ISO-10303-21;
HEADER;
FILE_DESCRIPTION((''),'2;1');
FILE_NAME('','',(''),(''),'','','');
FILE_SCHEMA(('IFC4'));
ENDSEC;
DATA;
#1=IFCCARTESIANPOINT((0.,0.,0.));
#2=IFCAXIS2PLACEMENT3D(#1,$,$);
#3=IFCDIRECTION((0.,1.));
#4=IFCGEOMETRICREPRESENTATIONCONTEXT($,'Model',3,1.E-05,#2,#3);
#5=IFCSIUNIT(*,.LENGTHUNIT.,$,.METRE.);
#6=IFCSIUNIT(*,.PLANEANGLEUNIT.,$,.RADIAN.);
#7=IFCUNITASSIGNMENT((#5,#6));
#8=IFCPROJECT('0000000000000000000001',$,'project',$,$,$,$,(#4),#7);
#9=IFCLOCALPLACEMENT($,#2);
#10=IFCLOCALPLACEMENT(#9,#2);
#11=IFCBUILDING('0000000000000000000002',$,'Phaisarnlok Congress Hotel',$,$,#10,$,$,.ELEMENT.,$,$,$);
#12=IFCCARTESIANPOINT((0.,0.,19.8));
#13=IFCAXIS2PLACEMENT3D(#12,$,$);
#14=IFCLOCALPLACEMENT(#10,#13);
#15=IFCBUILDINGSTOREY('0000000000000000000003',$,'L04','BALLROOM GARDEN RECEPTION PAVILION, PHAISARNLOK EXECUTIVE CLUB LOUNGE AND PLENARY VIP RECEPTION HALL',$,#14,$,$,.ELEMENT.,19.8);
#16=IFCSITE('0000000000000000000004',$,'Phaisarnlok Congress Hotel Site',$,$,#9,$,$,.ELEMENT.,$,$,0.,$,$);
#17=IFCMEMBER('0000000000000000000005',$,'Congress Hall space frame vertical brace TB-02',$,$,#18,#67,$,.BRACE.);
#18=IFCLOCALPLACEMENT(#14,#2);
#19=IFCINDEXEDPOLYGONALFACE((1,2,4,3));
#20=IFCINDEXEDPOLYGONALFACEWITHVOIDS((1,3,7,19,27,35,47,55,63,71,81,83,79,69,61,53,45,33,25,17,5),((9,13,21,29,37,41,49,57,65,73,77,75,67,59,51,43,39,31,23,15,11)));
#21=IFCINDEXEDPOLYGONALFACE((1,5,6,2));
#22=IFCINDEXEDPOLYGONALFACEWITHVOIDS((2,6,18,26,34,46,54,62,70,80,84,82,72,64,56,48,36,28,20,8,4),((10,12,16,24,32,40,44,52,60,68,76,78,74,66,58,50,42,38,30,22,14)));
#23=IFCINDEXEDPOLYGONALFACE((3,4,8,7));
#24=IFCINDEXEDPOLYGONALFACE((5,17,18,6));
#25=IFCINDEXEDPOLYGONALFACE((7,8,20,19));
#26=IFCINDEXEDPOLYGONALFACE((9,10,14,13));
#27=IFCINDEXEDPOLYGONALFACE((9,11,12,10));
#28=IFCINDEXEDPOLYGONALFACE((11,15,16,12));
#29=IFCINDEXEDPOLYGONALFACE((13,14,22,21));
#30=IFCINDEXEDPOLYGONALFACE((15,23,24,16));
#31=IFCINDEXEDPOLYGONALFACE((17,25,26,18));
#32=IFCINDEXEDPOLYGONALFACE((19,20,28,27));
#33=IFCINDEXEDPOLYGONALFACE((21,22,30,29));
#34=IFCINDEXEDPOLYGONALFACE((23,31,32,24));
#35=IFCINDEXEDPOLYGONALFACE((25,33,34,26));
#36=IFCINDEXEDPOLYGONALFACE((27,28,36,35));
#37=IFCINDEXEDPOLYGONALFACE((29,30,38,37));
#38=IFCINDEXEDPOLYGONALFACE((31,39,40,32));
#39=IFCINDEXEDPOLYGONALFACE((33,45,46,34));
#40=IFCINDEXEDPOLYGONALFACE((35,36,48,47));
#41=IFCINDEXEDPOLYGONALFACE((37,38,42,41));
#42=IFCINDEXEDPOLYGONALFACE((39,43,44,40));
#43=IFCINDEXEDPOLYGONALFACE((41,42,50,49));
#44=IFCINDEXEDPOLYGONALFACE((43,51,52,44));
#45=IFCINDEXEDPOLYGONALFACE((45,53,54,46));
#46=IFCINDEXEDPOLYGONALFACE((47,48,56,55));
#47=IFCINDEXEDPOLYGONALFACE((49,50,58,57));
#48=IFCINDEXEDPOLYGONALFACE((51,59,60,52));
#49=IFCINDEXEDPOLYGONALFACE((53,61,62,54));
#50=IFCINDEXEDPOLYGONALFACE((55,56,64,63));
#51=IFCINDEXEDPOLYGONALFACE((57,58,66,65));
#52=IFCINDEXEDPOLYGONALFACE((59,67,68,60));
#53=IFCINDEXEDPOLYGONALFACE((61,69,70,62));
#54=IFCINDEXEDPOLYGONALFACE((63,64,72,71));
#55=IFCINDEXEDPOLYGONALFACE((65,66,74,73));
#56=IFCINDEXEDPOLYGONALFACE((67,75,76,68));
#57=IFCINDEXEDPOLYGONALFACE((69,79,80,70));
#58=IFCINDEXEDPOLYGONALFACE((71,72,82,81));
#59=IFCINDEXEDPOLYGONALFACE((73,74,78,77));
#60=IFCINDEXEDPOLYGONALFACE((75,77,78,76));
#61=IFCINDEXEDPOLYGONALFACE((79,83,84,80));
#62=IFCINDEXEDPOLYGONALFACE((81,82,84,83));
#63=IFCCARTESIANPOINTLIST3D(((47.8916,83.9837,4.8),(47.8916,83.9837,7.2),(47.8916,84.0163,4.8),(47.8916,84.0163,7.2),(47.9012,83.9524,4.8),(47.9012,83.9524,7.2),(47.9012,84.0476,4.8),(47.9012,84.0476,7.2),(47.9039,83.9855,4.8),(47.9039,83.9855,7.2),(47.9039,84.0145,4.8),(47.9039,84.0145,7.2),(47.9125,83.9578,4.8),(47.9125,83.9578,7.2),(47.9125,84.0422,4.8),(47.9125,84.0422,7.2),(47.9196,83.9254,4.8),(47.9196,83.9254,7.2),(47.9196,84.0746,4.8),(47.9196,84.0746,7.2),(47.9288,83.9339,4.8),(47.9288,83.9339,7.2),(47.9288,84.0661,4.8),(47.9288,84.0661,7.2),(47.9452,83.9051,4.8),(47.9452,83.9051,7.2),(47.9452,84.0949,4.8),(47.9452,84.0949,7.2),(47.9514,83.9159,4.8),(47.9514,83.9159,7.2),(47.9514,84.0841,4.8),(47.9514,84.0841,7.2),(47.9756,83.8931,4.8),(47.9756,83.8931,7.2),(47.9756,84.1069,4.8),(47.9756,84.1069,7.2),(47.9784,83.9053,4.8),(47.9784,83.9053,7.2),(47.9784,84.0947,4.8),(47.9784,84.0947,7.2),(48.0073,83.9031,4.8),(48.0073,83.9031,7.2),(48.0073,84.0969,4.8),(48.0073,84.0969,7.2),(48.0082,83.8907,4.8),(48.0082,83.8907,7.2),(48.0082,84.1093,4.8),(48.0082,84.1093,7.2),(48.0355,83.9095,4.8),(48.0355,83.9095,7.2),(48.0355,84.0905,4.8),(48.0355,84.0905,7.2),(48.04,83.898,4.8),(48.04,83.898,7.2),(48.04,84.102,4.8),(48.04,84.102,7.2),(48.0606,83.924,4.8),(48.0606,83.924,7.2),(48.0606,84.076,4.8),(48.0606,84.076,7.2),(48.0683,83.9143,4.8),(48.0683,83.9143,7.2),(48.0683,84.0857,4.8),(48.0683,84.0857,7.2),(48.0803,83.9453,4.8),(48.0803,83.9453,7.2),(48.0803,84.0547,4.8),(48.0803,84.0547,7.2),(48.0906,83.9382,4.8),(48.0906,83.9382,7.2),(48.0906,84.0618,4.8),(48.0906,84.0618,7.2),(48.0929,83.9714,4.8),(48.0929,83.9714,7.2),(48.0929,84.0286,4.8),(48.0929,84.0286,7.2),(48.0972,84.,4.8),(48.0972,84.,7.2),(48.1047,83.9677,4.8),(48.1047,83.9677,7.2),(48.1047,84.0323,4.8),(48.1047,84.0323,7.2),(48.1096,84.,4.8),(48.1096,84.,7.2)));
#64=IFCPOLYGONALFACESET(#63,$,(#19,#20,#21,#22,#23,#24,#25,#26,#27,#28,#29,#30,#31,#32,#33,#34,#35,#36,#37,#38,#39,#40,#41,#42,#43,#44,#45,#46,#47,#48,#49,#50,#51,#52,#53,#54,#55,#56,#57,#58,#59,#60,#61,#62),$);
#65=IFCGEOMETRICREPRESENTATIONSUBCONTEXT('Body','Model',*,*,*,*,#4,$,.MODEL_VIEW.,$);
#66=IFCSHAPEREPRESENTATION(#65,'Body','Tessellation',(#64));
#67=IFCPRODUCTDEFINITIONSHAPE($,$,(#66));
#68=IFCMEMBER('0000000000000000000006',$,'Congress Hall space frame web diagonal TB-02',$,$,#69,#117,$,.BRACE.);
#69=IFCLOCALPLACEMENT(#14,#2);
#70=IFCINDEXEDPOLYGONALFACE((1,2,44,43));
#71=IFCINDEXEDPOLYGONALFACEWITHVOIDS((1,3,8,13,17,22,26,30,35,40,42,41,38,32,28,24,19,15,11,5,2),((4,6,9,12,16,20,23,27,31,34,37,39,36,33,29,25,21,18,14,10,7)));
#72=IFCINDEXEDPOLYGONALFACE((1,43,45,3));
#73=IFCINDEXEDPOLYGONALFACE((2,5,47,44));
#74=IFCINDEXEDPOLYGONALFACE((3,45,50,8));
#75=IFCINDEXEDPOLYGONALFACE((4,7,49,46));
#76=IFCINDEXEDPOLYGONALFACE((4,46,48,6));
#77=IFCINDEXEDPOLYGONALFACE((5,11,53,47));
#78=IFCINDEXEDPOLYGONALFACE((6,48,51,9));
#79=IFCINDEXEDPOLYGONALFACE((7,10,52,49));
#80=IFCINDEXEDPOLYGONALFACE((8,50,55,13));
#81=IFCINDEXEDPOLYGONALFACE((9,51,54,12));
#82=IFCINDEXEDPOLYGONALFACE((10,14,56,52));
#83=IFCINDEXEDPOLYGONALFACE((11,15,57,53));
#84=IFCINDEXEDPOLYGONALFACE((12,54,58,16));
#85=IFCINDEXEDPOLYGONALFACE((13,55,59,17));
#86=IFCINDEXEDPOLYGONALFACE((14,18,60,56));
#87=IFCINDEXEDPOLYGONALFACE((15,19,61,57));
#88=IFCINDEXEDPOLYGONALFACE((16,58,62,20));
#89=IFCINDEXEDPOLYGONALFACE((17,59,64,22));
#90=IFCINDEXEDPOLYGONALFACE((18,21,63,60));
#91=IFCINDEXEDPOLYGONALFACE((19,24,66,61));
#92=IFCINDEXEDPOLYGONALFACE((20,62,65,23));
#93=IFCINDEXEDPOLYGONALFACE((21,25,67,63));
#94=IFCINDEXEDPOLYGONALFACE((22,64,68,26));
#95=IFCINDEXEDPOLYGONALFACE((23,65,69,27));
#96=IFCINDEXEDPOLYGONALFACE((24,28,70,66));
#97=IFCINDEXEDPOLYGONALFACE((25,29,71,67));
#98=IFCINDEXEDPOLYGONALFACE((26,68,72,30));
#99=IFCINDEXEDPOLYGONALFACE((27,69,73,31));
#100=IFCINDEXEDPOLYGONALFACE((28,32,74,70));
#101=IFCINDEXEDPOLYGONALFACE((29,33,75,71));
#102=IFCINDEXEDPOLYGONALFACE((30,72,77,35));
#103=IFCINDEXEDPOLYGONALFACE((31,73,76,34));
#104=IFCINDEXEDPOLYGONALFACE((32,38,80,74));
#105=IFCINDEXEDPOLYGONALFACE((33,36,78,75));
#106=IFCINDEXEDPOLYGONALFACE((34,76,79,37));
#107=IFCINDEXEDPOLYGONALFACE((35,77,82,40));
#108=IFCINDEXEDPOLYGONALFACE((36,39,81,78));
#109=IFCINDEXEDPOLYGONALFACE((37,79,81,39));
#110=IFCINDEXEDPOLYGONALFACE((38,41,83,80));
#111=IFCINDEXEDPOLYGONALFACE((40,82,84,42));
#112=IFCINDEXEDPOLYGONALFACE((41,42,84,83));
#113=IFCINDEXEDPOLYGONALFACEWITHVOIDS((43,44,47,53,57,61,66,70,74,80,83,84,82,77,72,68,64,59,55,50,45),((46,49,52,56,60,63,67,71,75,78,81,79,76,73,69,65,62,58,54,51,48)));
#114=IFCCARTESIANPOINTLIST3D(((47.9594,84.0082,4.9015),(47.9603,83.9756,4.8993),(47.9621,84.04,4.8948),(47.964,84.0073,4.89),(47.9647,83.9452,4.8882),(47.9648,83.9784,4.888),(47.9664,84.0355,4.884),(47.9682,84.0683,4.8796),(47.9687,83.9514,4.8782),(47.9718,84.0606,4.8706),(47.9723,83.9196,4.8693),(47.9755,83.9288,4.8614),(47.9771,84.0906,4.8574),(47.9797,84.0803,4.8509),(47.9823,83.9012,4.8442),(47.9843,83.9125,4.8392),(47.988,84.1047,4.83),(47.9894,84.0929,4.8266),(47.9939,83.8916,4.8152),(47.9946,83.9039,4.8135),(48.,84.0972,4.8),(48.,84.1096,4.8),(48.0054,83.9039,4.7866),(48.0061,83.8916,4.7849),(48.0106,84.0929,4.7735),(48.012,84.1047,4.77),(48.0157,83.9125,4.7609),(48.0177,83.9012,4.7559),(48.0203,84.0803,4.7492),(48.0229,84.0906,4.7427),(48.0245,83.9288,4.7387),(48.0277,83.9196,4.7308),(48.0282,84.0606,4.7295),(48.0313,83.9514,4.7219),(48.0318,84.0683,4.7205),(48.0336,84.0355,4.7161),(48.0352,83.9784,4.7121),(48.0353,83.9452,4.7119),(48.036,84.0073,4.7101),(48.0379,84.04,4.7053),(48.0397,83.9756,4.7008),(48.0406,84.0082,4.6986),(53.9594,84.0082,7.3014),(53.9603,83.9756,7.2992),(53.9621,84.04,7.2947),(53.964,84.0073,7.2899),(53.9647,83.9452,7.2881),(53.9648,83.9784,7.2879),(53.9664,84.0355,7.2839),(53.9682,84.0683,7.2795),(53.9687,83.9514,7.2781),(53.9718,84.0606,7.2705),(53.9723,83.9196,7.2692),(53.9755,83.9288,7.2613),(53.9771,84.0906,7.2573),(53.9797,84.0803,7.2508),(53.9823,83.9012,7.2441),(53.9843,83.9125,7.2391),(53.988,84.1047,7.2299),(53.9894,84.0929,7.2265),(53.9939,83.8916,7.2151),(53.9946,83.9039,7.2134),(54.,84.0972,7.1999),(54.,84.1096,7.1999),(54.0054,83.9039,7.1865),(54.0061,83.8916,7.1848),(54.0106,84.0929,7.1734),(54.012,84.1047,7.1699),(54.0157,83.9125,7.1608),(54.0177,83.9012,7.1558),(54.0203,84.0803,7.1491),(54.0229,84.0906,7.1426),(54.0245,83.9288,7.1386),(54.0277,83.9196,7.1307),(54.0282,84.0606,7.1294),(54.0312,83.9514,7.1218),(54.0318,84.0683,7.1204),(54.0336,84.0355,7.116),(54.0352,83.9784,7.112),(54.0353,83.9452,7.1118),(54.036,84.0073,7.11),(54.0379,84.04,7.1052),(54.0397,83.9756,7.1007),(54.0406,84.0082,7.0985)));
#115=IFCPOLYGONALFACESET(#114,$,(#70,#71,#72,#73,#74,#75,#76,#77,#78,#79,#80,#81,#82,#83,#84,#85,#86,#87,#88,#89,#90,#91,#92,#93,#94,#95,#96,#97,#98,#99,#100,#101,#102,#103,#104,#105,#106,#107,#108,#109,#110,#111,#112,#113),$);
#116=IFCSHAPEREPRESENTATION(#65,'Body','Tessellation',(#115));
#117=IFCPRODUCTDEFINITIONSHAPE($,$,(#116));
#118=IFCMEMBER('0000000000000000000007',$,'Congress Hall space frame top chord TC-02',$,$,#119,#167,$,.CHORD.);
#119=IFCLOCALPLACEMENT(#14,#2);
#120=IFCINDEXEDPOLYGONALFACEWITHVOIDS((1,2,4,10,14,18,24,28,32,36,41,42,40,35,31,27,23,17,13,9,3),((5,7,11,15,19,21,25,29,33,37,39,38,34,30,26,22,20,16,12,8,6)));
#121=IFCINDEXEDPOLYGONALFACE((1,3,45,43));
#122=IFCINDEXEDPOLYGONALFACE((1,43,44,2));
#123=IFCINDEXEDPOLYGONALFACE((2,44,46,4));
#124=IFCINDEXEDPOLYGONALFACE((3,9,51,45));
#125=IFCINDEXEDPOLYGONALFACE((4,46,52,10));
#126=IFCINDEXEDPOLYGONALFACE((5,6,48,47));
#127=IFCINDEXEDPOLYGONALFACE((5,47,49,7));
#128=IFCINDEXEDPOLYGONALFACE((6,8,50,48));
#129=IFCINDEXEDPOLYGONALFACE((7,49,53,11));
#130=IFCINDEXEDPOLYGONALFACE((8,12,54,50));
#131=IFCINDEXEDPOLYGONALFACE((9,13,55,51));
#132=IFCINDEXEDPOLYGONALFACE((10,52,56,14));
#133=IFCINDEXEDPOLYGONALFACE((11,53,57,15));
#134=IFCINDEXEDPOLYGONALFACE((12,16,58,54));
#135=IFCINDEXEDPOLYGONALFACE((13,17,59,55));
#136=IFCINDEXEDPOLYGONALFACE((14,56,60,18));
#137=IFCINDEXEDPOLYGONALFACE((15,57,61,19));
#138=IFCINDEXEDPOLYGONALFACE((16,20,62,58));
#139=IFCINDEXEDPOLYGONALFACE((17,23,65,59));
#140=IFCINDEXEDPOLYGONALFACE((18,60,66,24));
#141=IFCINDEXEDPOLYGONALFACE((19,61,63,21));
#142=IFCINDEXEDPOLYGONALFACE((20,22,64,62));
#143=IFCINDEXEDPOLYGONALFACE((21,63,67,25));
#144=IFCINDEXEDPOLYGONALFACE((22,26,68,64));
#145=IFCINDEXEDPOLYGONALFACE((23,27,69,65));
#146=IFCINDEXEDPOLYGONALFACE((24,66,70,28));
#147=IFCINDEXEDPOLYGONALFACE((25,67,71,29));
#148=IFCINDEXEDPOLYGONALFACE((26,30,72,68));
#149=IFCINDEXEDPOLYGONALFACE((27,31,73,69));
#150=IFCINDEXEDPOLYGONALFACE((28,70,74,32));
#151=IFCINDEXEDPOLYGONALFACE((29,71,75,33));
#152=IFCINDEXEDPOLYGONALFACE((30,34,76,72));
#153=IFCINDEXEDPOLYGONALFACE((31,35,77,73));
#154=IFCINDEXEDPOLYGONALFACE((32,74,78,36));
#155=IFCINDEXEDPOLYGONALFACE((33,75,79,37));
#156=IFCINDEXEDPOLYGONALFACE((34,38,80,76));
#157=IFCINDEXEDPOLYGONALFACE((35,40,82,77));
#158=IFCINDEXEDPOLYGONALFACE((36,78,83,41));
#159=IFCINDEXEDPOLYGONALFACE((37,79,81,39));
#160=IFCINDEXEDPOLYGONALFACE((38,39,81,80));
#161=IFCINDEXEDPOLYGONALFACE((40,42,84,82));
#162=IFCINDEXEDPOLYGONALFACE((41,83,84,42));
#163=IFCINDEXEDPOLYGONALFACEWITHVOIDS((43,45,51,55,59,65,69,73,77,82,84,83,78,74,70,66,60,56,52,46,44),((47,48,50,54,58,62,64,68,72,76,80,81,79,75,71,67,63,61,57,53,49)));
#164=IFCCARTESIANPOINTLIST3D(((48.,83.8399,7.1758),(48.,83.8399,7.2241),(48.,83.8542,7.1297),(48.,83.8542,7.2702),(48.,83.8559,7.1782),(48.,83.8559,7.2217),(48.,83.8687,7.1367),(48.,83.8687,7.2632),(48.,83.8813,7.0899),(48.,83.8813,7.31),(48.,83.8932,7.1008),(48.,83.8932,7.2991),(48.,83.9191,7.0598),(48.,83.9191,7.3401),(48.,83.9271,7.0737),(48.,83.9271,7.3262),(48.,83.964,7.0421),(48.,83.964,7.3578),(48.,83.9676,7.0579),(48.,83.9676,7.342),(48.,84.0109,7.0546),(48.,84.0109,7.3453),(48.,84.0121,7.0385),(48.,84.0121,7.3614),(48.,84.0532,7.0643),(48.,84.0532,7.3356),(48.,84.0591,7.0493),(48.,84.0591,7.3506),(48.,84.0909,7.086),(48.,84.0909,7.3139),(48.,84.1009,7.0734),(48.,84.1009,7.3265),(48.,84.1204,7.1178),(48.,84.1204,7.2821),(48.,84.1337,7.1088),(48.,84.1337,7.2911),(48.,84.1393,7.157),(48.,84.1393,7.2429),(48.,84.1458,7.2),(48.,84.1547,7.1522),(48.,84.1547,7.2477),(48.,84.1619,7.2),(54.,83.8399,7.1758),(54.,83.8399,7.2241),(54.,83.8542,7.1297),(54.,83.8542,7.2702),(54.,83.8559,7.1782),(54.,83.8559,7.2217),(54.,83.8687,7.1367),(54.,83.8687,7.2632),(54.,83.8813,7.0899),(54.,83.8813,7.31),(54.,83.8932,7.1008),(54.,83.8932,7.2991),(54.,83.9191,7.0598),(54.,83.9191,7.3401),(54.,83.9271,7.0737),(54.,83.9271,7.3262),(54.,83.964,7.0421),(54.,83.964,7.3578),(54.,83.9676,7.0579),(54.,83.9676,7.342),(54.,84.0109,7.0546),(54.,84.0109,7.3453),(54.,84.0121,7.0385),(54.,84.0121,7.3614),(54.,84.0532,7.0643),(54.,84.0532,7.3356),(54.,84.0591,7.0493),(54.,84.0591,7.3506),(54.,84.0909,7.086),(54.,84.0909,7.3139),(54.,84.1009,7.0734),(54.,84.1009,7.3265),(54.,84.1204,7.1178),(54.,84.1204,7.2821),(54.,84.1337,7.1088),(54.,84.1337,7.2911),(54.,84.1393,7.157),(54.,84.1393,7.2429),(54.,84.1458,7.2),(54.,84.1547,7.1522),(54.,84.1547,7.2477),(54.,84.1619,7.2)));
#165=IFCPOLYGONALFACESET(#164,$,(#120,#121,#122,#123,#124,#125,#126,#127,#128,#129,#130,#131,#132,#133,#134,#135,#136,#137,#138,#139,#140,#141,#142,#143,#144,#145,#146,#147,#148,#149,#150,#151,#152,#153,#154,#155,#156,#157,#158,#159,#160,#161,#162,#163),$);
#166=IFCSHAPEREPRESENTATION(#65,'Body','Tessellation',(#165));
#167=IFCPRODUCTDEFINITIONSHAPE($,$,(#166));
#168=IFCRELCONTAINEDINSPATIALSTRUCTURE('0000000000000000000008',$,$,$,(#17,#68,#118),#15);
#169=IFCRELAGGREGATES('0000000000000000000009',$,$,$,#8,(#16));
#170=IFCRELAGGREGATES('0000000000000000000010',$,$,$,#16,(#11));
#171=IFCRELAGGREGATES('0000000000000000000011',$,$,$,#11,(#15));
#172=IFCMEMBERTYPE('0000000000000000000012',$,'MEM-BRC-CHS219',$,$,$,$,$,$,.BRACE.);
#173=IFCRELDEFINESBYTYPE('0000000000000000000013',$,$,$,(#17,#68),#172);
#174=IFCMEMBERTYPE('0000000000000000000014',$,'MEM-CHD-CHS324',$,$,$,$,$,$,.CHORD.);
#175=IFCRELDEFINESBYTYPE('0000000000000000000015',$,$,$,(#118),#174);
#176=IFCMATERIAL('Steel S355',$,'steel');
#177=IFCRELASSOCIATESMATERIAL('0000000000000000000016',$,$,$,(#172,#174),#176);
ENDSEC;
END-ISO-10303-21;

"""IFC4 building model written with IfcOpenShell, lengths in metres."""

from ifc_helpers import new_model, si_unit, direction, frame, origin, origin_2d, place, context, subcontext, project, spatial, hollow_circle, extrude, material, material_profile, profile_set, type_object, element, save


model = new_model("IFC4")

# Units and contexts
model_context = context("Model", 3, precision=1e-05, world=origin(), true_north=direction((0.0, 1.0)))
body_context = subcontext(model_context, "Body", "Model", "MODEL_VIEW")
ifc_project = project(units=[si_unit("LENGTHUNIT", "METRE"), si_unit("PLANEANGLEUNIT", "RADIAN")], contexts=[model_context])

# Site, building, storey
site_placement = place(None, origin())
site = spatial("IfcSite", under=ifc_project, at=site_placement, Name="Phaisarnlok Congress Hotel Site", CompositionType="ELEMENT", RefElevation=0.0)
building_placement = place(site_placement, origin())
building = spatial("IfcBuilding", under=site, at=building_placement, Name="Phaisarnlok Congress Hotel", CompositionType="ELEMENT")
storey_placement = place(building_placement, frame((0.0, 0.0, 19.8)))
storey = spatial("IfcBuildingStorey", under=building, at=storey_placement, Name="L04", Description="BALLROOM GARDEN RECEPTION PAVILION, PHAISARNLOK EXECUTIVE CLUB LOUNGE AND PLENARY VIP RECEPTION HALL", CompositionType="ELEMENT", Elevation=19.8)

# Shared definitions
ifc_material_1 = material(Name="Steel S355", Category="steel")

# Members
ifc_material_profile_1 = material_profile(ifc_material_1, hollow_circle(Radius=0.1096, WallThickness=0.0125, at=origin_2d()), Name="CHS 219.1x12.5")
ifc_profile_set_1 = profile_set([ifc_material_profile_1], Name="Steel S355")
member_type_1 = type_object("IfcMemberType", Name="MEM-BRC-CHS219", PredefinedType="BRACE", material=ifc_profile_set_1)
member_1_placement = place(storey_placement, frame((48.0, 84.0, 4.8), z_axis=(0.0, 0.0, 1.0), x_axis=(1.0, 0.0, 0.0)))
element("IfcMember", 1, at=member_1_placement, inside=storey, type_object=member_type_1, Name="Congress Hall space frame vertical brace TB-02", PredefinedType="BRACE", context=body_context, shape_type="SweptSolid", body=[
    extrude(hollow_circle(Radius=0.1096, WallThickness=0.0125, at=origin_2d()), origin(), (0.0, 0.0, 1.0), 2.3999),
])
member_2_placement = place(storey_placement, frame((48.0, 84.0, 4.8), z_axis=(0.928482, 0.0, 0.371378), x_axis=(0.0, 1.0, 0.0)))
element("IfcMember", 2, at=member_2_placement, inside=storey, type_object=member_type_1, Name="Congress Hall space frame web diagonal TB-02", PredefinedType="BRACE", context=body_context, shape_type="SweptSolid", body=[
    extrude(hollow_circle(Radius=0.1096, WallThickness=0.0125, at=origin_2d()), origin(), (0.0, 0.0, 1.0), 6.4622),
])
ifc_material_profile_2 = material_profile(ifc_material_1, hollow_circle(Radius=0.1619, WallThickness=0.0161, at=origin_2d()), Name="CHS 323.9x16")
ifc_profile_set_2 = profile_set([ifc_material_profile_2], Name="Steel S355")
member_type_2 = type_object("IfcMemberType", Name="MEM-CHD-CHS324", PredefinedType="CHORD", material=ifc_profile_set_2)
member_3_placement = place(storey_placement, frame((48.0, 84.0, 7.2), z_axis=(1.0, 0.0, 0.0), x_axis=(0.0, 1.0, 0.0)))
element("IfcMember", 3, at=member_3_placement, inside=storey, type_object=member_type_2, Name="Congress Hall space frame top chord TC-02", PredefinedType="CHORD", context=body_context, shape_type="SweptSolid", body=[
    extrude(hollow_circle(Radius=0.1619, WallThickness=0.0161, at=origin_2d()), origin(), (0.0, 0.0, 1.0), 6.0),
])

save(model, "model.ifc")
